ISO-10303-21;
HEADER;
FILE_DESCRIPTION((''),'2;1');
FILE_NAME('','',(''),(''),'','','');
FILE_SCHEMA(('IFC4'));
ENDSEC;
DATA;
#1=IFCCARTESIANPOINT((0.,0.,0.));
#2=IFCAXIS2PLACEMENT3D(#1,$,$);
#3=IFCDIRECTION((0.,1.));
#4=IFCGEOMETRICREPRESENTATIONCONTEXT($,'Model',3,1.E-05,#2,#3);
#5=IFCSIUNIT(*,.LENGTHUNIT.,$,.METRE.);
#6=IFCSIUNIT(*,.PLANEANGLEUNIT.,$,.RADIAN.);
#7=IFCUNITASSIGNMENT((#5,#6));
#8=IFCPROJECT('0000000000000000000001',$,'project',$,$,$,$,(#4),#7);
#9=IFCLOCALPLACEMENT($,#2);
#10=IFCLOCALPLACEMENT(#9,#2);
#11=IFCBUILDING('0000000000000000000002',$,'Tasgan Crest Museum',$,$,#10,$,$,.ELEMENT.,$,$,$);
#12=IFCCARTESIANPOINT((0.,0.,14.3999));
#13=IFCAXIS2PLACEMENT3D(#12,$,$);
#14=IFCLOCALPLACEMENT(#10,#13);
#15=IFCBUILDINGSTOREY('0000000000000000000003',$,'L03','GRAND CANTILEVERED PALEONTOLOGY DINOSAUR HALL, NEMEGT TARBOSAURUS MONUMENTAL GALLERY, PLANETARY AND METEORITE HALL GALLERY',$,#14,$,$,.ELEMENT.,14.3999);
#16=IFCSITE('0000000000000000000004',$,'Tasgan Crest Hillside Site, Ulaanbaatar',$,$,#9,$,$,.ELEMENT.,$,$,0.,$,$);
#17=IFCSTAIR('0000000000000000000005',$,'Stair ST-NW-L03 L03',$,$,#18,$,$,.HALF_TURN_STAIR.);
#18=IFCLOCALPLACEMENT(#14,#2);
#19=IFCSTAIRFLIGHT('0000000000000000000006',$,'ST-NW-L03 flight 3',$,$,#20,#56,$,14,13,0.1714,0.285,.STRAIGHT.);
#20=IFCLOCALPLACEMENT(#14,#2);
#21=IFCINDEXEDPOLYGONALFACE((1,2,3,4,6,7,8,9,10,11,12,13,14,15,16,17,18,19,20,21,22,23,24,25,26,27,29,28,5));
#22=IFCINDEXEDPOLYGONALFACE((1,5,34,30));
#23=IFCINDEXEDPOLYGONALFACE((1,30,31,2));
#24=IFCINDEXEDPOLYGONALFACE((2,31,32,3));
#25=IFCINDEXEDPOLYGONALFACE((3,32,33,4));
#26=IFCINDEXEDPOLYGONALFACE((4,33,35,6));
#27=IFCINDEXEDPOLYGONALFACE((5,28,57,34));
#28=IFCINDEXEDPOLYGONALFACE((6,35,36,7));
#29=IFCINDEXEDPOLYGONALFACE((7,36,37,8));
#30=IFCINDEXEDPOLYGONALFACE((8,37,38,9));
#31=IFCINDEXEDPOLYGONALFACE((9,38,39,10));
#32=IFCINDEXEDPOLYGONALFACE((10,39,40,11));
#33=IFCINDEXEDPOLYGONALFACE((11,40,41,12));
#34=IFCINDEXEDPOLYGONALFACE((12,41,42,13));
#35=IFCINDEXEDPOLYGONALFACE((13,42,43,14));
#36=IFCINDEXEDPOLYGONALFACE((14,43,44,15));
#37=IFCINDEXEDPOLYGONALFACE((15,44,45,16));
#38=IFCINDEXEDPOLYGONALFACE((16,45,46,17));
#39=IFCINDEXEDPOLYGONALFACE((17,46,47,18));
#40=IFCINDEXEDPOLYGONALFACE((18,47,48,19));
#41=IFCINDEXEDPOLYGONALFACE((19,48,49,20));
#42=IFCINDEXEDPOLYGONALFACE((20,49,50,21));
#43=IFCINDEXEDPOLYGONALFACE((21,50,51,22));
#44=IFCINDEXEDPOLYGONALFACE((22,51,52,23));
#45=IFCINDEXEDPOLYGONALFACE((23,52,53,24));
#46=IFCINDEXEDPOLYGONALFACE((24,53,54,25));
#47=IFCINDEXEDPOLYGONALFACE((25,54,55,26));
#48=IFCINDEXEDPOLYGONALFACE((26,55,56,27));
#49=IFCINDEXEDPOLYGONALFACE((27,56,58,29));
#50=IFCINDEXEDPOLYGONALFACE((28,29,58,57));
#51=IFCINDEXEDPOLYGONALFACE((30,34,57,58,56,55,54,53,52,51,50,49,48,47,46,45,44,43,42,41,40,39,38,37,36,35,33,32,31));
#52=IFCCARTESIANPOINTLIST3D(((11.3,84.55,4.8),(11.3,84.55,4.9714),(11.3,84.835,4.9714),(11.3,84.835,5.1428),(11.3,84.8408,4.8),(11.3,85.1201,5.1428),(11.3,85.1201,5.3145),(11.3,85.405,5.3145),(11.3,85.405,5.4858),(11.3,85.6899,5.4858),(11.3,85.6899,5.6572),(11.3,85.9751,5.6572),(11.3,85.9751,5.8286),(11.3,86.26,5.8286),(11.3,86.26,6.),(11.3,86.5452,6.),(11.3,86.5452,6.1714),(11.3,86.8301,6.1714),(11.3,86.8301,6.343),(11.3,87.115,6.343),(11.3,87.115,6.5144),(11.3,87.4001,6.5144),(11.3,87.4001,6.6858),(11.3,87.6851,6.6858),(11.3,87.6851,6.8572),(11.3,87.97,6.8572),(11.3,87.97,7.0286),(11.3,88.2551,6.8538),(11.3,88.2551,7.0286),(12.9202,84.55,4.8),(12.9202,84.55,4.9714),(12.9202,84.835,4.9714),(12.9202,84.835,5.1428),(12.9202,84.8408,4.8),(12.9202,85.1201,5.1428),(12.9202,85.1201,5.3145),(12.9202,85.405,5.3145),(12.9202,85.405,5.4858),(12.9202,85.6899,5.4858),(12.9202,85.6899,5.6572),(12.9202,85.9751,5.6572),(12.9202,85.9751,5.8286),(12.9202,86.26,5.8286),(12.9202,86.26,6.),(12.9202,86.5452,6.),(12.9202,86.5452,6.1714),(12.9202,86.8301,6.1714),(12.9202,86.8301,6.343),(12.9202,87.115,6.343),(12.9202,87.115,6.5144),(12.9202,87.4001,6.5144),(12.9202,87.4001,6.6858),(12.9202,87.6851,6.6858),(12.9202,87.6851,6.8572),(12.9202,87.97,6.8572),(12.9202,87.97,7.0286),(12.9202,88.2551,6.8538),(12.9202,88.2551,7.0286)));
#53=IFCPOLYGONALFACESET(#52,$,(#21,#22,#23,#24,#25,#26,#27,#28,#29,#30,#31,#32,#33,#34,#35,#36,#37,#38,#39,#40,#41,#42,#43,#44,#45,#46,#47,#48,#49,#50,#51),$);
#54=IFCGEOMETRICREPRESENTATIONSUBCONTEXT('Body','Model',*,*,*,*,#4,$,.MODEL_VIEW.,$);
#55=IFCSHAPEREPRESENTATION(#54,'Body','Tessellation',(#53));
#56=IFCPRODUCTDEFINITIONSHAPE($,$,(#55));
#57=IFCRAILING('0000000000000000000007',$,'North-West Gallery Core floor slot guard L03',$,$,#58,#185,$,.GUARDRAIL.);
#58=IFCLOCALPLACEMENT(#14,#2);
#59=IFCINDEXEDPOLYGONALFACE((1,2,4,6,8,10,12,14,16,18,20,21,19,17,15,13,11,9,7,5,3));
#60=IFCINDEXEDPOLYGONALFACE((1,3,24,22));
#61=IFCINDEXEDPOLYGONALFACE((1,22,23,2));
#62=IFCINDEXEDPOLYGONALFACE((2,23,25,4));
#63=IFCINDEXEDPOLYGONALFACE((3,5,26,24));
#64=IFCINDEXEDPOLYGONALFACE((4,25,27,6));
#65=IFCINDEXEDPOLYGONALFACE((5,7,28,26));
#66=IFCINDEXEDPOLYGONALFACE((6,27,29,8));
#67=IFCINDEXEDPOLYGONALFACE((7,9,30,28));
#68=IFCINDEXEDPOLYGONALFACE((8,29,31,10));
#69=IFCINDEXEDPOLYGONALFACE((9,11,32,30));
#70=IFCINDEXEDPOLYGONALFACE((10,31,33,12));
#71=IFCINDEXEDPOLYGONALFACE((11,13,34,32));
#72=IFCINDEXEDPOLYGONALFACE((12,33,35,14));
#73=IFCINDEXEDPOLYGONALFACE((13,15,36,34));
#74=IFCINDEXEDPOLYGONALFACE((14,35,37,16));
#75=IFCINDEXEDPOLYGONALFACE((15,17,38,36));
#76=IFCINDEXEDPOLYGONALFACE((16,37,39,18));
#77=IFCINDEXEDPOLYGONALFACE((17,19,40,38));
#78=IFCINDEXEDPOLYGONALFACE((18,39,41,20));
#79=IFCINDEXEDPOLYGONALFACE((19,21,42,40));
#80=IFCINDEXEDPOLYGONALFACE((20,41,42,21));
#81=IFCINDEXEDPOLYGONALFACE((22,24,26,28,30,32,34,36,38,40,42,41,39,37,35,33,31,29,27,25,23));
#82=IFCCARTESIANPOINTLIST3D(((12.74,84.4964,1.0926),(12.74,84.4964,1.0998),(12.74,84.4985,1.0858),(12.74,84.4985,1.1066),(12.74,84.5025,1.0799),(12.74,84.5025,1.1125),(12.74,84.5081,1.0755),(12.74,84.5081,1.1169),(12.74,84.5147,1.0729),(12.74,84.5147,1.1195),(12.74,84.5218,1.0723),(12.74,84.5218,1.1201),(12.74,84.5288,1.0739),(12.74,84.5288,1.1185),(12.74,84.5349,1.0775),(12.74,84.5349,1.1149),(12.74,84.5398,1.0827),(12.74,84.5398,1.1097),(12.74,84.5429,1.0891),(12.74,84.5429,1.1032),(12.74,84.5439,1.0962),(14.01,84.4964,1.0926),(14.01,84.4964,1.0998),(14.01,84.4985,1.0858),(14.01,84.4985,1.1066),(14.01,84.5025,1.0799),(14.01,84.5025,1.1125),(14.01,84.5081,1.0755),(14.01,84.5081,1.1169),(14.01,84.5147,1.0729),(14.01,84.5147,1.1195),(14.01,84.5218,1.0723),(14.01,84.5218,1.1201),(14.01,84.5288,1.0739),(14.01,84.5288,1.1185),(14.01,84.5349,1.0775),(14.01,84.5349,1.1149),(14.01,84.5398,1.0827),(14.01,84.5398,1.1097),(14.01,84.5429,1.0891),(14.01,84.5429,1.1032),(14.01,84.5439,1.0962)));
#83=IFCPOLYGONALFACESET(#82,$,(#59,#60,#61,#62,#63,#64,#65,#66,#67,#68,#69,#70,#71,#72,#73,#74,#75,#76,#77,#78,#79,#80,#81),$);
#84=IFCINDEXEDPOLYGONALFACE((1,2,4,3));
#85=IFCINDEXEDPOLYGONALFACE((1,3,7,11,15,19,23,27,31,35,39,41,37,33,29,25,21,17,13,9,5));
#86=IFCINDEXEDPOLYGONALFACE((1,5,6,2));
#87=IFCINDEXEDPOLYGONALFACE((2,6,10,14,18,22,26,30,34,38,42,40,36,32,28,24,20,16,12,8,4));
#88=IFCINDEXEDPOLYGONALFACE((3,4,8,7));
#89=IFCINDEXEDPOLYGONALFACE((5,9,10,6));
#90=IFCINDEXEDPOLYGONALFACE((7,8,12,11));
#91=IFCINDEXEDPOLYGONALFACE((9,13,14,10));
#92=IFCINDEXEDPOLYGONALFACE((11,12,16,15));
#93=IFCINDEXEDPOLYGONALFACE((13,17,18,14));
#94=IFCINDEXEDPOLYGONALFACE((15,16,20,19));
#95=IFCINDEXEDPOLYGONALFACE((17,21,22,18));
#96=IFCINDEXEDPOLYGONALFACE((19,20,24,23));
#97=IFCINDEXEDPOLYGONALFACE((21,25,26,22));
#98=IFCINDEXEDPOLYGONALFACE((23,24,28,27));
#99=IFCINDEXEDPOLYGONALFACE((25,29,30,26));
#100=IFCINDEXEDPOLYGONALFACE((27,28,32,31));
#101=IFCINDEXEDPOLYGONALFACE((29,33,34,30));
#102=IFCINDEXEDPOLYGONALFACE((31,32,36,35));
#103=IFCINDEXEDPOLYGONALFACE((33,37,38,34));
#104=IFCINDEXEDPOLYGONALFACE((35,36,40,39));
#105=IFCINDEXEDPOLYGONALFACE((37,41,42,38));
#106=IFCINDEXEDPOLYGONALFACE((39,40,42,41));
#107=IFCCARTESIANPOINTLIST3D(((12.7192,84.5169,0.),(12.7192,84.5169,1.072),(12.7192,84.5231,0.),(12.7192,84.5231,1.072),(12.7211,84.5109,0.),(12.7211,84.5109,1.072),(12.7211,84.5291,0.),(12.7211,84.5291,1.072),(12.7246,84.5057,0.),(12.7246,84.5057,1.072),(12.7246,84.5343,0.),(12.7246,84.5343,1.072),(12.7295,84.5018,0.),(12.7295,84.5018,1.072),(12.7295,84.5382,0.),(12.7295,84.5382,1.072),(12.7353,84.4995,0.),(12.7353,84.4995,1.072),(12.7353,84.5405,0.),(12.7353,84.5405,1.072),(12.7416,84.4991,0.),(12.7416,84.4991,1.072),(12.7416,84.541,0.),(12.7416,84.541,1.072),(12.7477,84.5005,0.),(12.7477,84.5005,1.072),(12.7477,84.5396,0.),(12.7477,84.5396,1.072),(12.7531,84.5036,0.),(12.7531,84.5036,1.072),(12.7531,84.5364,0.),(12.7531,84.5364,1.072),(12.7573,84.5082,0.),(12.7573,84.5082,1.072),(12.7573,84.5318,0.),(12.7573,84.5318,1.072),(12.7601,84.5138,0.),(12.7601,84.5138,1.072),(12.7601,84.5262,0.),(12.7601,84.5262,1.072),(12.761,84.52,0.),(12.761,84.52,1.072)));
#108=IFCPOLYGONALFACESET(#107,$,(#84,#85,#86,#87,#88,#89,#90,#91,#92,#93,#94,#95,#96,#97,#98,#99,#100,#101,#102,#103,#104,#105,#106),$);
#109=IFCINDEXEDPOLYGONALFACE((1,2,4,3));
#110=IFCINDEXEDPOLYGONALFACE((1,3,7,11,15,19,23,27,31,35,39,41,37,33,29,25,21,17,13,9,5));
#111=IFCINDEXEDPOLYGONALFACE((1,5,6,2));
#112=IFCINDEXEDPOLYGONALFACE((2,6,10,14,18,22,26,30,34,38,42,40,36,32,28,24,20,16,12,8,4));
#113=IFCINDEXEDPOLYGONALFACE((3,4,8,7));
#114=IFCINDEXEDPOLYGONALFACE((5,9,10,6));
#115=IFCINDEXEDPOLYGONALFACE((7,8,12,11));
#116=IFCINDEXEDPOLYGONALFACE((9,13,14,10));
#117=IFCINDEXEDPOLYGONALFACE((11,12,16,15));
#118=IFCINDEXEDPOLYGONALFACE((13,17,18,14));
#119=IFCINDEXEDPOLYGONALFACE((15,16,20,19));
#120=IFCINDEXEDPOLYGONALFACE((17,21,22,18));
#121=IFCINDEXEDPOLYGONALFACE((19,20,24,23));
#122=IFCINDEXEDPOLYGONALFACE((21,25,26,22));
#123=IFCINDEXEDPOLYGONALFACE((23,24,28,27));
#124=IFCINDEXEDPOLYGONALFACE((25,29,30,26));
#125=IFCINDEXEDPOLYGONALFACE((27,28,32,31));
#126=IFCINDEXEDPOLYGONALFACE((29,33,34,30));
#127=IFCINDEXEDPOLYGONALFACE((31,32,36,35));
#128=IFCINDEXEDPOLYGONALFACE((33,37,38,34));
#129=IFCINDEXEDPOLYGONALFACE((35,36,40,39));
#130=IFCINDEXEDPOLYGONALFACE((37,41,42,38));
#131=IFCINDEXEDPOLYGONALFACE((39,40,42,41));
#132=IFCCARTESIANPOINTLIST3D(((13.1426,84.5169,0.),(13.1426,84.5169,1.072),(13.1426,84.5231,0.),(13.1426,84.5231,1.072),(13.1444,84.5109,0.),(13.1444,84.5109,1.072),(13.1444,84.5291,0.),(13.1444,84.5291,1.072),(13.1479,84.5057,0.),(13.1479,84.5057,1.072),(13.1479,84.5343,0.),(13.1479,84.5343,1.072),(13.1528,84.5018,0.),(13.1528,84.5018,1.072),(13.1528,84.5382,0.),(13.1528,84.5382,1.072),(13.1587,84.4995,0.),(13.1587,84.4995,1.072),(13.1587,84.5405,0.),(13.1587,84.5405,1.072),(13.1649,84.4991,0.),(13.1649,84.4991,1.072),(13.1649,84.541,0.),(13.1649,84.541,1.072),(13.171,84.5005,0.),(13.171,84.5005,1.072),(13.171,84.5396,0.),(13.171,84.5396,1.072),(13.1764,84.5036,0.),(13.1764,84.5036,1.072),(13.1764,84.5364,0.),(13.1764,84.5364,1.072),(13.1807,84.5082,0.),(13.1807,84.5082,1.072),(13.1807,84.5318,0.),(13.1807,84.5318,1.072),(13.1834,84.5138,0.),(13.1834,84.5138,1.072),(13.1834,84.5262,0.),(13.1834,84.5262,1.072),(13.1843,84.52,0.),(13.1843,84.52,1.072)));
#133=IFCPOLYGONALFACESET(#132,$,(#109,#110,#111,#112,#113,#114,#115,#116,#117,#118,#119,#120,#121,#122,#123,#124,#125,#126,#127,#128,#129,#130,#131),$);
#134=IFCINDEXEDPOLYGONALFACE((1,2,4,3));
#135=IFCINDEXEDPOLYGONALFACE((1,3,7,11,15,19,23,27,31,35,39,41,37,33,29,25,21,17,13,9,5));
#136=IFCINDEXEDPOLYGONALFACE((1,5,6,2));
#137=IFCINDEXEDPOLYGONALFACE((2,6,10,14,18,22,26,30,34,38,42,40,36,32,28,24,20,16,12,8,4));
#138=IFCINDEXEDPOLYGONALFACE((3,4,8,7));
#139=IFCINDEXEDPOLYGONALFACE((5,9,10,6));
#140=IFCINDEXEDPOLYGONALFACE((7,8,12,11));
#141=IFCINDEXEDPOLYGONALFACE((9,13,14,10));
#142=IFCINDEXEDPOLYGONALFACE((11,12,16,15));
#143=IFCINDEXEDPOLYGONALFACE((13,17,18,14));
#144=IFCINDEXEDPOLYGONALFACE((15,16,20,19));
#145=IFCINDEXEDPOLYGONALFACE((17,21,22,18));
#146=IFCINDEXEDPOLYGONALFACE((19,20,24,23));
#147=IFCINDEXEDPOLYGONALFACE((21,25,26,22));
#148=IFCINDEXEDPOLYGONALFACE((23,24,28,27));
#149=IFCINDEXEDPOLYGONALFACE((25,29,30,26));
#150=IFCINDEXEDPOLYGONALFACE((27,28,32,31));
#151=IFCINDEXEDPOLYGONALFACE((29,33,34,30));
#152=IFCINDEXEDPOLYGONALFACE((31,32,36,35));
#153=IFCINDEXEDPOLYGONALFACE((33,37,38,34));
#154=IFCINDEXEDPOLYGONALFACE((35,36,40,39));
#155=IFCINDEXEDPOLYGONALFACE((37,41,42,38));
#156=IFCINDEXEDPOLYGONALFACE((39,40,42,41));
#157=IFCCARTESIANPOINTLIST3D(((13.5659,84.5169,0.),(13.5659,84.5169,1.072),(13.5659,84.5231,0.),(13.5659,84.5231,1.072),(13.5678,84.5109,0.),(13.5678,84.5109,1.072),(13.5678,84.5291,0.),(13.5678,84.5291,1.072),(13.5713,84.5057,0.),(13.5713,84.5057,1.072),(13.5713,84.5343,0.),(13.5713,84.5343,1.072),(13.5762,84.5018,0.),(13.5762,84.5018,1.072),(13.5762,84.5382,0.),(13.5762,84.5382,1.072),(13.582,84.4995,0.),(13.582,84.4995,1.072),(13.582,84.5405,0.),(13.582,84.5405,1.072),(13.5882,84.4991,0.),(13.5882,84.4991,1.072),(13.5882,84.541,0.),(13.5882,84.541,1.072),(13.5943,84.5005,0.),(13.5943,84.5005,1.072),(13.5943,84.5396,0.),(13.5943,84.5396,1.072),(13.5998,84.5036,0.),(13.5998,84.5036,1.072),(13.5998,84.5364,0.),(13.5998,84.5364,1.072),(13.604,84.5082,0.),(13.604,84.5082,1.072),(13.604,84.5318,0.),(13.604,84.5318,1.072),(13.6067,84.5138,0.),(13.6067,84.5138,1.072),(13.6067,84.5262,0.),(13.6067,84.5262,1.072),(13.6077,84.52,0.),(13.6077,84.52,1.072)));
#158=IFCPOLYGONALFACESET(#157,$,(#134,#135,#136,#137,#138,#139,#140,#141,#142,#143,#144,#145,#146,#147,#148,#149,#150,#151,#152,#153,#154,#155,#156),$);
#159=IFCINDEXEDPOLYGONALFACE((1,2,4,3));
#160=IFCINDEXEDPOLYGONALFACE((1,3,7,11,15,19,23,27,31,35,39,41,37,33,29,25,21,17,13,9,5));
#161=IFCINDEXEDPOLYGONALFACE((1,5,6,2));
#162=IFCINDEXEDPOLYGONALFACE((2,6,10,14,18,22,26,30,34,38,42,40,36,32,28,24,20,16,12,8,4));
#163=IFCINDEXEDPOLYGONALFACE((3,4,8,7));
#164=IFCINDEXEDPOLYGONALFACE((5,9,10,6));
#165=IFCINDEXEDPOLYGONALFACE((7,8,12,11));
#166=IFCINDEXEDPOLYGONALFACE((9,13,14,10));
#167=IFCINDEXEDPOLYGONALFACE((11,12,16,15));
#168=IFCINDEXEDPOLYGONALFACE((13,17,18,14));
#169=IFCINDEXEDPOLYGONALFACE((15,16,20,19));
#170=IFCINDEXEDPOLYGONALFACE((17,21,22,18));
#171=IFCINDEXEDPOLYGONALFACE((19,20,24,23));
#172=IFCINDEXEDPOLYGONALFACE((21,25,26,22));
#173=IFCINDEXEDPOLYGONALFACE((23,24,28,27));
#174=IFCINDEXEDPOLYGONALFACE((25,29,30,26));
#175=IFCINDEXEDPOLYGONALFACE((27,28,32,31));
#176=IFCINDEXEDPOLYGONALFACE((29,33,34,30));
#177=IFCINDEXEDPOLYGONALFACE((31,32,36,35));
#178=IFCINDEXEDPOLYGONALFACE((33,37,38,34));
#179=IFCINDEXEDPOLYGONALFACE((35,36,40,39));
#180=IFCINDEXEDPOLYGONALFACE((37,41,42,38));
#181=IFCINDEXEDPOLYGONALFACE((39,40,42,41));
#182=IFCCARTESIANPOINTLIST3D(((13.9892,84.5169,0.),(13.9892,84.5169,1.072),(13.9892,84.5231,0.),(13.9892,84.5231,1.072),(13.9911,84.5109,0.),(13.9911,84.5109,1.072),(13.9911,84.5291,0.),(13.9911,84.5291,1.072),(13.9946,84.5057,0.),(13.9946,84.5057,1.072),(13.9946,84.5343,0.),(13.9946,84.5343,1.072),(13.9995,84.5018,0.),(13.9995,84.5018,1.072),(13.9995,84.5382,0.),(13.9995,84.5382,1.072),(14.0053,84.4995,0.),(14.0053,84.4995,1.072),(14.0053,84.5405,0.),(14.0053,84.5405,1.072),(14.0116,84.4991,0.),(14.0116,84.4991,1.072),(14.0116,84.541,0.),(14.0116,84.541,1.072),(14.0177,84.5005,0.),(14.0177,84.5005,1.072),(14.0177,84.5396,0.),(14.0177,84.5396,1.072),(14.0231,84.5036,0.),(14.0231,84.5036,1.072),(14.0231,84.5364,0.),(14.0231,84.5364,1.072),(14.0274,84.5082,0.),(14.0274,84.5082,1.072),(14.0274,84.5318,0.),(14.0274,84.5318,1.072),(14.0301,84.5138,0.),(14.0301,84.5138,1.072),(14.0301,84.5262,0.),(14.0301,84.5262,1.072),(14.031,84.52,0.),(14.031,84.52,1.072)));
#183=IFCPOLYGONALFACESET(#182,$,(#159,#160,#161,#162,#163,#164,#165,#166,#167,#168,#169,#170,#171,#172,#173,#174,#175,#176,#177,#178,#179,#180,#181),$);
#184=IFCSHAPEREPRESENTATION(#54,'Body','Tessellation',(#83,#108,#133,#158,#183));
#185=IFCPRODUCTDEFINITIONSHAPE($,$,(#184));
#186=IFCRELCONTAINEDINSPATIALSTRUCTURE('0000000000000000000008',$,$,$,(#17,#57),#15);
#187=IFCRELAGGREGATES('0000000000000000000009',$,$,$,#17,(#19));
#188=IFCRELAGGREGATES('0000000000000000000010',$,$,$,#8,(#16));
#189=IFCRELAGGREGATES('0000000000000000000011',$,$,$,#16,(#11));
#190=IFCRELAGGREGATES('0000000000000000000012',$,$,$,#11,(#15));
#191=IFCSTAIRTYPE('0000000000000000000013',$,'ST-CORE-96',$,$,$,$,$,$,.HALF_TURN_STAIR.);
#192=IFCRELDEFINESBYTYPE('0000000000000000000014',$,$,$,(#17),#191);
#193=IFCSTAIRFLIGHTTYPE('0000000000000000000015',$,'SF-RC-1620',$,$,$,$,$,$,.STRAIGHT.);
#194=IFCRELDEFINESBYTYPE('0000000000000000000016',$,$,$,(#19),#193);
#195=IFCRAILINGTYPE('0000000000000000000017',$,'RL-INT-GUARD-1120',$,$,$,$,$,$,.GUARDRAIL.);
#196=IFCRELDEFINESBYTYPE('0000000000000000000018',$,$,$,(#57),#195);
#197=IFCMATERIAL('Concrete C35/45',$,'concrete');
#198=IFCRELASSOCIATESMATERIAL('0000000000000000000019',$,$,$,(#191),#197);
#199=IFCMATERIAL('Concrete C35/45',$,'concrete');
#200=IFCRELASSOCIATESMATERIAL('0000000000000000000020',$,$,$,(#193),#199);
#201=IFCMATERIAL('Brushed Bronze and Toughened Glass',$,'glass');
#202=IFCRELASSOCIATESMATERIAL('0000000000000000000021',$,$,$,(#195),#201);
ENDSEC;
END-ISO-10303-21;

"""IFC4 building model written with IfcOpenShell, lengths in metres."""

from ifc_helpers import new_model, si_unit, direction, frame, origin, origin_2d, place, context, subcontext, project, spatial, polyline, circle, outline, extrude, material, type_object, element, aggregate, save


model = new_model("IFC4")

# Units and contexts
model_context = context("Model", 3, precision=1e-05, world=origin(), true_north=direction((0.0, 1.0)))
body_context = subcontext(model_context, "Body", "Model", "MODEL_VIEW")
ifc_project = project(units=[si_unit("LENGTHUNIT", "METRE"), si_unit("PLANEANGLEUNIT", "RADIAN")], contexts=[model_context])

# Site, building, storey
site_placement = place(None, origin())
site = spatial("IfcSite", under=ifc_project, at=site_placement, Name="Tasgan Crest Hillside Site, Ulaanbaatar", CompositionType="ELEMENT", RefElevation=0.0)
building_placement = place(site_placement, origin())
building = spatial("IfcBuilding", under=site, at=building_placement, Name="Tasgan Crest Museum", CompositionType="ELEMENT")
storey_placement = place(building_placement, frame((0.0, 0.0, 14.3999)))
storey = spatial("IfcBuildingStorey", under=building, at=storey_placement, Name="L03", Description="GRAND CANTILEVERED PALEONTOLOGY DINOSAUR HALL, NEMEGT TARBOSAURUS MONUMENTAL GALLERY, PLANETARY AND METEORITE HALL GALLERY", CompositionType="ELEMENT", Elevation=14.3999)

# Stair, stair flight
ifc_material_1 = material(Name="Concrete C35/45", Category="concrete")
stair_type = type_object("IfcStairType", Name="ST-CORE-96", PredefinedType="HALF_TURN_STAIR", material=ifc_material_1)
stair_placement = place(storey_placement, origin())
stair = element("IfcStair", 1, at=stair_placement, inside=storey, type_object=stair_type, Name="Stair ST-NW-L03 L03", PredefinedType="HALF_TURN_STAIR")
ifc_material_2 = material(Name="Concrete C35/45", Category="concrete")
stair_flight_type = type_object("IfcStairFlightType", Name="SF-RC-1620", PredefinedType="STRAIGHT", material=ifc_material_2)
stair_flight_1_placement = place(storey_placement, frame((12.1101, 84.55, 4.8), z_axis=(0.0, 0.0, 1.0), x_axis=(0.0, 1.0, 0.0)))
stair_flight_1 = element("IfcStairFlight", 2, at=stair_flight_1_placement, type_object=stair_flight_type, Name="ST-NW-L03 flight 3", NumberOfRisers=14, NumberOfTreads=13, PredefinedType="STRAIGHT", RiserHeight=0.1714, TreadLength=0.285, context=body_context, shape_type="SweptSolid", body=[
    extrude(outline(polyline([(0.0, 0.0), (0.0, 0.1714), (0.2849, 0.1714), (0.2849, 0.3428), (0.5701, 0.3428), (0.5701, 0.5144), (0.855, 0.5144), (0.855, 0.6858), (1.1399, 0.6858), (1.1399, 0.8572), (1.425, 0.8572), (1.425, 1.0286), (1.71, 1.0286), (1.71, 1.2), (1.9951, 1.2), (1.9951, 1.3713), (2.28, 1.3713), (2.28, 1.543), (2.5649, 1.543), (2.5649, 1.7144), (2.8501, 1.7144), (2.8501, 1.8857), (3.135, 1.8857), (3.135, 2.0571), (3.4199, 2.0571), (3.4199, 2.2285), (3.7051, 2.2285), (3.7051, 2.3999), (3.7051, 2.0537), (0.2908, 0.0), (0.0, 0.0)])), frame((0.0, 0.8101, 0.0), z_axis=(0.0, -1.0, 0.0), x_axis=(1.0, 0.0, 0.0)), (0.0, 0.0, 1.0), 1.6201),
])
aggregate(stair, [stair_flight_1])

# Railing
ifc_material_3 = material(Name="Brushed Bronze and Toughened Glass", Category="glass")
railing_type_1 = type_object("IfcRailingType", Name="RL-INT-GUARD-1120", PredefinedType="GUARDRAIL", material=ifc_material_3)
railing_1_placement = place(storey_placement, frame((12.74, 84.52, 0.0)))
element("IfcRailing", 3, at=railing_1_placement, inside=storey, type_object=railing_type_1, Name="North-West Gallery Core floor slot guard L03", PredefinedType="GUARDRAIL", context=body_context, shape_type="SweptSolid", body=[
    extrude(circle(Radius=0.0239, at=origin_2d()), frame((0.0, 0.0, 1.0962), z_axis=(1.0, 0.0, 0.0), x_axis=(0.0, 1.0, 0.0)), (0.0, 0.0, 1.0), 1.27),
    extrude(circle(Radius=0.021, at=origin_2d()), origin(), (0.0, 0.0, 1.0), 1.072),
    extrude(circle(Radius=0.021, at=origin_2d()), frame((0.4233, 0.0, 0.0)), (0.0, 0.0, 1.0), 1.072),
    extrude(circle(Radius=0.021, at=origin_2d()), frame((0.8467, 0.0, 0.0)), (0.0, 0.0, 1.0), 1.072),
    extrude(circle(Radius=0.021, at=origin_2d()), frame((1.27, 0.0, 0.0)), (0.0, 0.0, 1.0), 1.072),
])

save(model, "model.ifc")
